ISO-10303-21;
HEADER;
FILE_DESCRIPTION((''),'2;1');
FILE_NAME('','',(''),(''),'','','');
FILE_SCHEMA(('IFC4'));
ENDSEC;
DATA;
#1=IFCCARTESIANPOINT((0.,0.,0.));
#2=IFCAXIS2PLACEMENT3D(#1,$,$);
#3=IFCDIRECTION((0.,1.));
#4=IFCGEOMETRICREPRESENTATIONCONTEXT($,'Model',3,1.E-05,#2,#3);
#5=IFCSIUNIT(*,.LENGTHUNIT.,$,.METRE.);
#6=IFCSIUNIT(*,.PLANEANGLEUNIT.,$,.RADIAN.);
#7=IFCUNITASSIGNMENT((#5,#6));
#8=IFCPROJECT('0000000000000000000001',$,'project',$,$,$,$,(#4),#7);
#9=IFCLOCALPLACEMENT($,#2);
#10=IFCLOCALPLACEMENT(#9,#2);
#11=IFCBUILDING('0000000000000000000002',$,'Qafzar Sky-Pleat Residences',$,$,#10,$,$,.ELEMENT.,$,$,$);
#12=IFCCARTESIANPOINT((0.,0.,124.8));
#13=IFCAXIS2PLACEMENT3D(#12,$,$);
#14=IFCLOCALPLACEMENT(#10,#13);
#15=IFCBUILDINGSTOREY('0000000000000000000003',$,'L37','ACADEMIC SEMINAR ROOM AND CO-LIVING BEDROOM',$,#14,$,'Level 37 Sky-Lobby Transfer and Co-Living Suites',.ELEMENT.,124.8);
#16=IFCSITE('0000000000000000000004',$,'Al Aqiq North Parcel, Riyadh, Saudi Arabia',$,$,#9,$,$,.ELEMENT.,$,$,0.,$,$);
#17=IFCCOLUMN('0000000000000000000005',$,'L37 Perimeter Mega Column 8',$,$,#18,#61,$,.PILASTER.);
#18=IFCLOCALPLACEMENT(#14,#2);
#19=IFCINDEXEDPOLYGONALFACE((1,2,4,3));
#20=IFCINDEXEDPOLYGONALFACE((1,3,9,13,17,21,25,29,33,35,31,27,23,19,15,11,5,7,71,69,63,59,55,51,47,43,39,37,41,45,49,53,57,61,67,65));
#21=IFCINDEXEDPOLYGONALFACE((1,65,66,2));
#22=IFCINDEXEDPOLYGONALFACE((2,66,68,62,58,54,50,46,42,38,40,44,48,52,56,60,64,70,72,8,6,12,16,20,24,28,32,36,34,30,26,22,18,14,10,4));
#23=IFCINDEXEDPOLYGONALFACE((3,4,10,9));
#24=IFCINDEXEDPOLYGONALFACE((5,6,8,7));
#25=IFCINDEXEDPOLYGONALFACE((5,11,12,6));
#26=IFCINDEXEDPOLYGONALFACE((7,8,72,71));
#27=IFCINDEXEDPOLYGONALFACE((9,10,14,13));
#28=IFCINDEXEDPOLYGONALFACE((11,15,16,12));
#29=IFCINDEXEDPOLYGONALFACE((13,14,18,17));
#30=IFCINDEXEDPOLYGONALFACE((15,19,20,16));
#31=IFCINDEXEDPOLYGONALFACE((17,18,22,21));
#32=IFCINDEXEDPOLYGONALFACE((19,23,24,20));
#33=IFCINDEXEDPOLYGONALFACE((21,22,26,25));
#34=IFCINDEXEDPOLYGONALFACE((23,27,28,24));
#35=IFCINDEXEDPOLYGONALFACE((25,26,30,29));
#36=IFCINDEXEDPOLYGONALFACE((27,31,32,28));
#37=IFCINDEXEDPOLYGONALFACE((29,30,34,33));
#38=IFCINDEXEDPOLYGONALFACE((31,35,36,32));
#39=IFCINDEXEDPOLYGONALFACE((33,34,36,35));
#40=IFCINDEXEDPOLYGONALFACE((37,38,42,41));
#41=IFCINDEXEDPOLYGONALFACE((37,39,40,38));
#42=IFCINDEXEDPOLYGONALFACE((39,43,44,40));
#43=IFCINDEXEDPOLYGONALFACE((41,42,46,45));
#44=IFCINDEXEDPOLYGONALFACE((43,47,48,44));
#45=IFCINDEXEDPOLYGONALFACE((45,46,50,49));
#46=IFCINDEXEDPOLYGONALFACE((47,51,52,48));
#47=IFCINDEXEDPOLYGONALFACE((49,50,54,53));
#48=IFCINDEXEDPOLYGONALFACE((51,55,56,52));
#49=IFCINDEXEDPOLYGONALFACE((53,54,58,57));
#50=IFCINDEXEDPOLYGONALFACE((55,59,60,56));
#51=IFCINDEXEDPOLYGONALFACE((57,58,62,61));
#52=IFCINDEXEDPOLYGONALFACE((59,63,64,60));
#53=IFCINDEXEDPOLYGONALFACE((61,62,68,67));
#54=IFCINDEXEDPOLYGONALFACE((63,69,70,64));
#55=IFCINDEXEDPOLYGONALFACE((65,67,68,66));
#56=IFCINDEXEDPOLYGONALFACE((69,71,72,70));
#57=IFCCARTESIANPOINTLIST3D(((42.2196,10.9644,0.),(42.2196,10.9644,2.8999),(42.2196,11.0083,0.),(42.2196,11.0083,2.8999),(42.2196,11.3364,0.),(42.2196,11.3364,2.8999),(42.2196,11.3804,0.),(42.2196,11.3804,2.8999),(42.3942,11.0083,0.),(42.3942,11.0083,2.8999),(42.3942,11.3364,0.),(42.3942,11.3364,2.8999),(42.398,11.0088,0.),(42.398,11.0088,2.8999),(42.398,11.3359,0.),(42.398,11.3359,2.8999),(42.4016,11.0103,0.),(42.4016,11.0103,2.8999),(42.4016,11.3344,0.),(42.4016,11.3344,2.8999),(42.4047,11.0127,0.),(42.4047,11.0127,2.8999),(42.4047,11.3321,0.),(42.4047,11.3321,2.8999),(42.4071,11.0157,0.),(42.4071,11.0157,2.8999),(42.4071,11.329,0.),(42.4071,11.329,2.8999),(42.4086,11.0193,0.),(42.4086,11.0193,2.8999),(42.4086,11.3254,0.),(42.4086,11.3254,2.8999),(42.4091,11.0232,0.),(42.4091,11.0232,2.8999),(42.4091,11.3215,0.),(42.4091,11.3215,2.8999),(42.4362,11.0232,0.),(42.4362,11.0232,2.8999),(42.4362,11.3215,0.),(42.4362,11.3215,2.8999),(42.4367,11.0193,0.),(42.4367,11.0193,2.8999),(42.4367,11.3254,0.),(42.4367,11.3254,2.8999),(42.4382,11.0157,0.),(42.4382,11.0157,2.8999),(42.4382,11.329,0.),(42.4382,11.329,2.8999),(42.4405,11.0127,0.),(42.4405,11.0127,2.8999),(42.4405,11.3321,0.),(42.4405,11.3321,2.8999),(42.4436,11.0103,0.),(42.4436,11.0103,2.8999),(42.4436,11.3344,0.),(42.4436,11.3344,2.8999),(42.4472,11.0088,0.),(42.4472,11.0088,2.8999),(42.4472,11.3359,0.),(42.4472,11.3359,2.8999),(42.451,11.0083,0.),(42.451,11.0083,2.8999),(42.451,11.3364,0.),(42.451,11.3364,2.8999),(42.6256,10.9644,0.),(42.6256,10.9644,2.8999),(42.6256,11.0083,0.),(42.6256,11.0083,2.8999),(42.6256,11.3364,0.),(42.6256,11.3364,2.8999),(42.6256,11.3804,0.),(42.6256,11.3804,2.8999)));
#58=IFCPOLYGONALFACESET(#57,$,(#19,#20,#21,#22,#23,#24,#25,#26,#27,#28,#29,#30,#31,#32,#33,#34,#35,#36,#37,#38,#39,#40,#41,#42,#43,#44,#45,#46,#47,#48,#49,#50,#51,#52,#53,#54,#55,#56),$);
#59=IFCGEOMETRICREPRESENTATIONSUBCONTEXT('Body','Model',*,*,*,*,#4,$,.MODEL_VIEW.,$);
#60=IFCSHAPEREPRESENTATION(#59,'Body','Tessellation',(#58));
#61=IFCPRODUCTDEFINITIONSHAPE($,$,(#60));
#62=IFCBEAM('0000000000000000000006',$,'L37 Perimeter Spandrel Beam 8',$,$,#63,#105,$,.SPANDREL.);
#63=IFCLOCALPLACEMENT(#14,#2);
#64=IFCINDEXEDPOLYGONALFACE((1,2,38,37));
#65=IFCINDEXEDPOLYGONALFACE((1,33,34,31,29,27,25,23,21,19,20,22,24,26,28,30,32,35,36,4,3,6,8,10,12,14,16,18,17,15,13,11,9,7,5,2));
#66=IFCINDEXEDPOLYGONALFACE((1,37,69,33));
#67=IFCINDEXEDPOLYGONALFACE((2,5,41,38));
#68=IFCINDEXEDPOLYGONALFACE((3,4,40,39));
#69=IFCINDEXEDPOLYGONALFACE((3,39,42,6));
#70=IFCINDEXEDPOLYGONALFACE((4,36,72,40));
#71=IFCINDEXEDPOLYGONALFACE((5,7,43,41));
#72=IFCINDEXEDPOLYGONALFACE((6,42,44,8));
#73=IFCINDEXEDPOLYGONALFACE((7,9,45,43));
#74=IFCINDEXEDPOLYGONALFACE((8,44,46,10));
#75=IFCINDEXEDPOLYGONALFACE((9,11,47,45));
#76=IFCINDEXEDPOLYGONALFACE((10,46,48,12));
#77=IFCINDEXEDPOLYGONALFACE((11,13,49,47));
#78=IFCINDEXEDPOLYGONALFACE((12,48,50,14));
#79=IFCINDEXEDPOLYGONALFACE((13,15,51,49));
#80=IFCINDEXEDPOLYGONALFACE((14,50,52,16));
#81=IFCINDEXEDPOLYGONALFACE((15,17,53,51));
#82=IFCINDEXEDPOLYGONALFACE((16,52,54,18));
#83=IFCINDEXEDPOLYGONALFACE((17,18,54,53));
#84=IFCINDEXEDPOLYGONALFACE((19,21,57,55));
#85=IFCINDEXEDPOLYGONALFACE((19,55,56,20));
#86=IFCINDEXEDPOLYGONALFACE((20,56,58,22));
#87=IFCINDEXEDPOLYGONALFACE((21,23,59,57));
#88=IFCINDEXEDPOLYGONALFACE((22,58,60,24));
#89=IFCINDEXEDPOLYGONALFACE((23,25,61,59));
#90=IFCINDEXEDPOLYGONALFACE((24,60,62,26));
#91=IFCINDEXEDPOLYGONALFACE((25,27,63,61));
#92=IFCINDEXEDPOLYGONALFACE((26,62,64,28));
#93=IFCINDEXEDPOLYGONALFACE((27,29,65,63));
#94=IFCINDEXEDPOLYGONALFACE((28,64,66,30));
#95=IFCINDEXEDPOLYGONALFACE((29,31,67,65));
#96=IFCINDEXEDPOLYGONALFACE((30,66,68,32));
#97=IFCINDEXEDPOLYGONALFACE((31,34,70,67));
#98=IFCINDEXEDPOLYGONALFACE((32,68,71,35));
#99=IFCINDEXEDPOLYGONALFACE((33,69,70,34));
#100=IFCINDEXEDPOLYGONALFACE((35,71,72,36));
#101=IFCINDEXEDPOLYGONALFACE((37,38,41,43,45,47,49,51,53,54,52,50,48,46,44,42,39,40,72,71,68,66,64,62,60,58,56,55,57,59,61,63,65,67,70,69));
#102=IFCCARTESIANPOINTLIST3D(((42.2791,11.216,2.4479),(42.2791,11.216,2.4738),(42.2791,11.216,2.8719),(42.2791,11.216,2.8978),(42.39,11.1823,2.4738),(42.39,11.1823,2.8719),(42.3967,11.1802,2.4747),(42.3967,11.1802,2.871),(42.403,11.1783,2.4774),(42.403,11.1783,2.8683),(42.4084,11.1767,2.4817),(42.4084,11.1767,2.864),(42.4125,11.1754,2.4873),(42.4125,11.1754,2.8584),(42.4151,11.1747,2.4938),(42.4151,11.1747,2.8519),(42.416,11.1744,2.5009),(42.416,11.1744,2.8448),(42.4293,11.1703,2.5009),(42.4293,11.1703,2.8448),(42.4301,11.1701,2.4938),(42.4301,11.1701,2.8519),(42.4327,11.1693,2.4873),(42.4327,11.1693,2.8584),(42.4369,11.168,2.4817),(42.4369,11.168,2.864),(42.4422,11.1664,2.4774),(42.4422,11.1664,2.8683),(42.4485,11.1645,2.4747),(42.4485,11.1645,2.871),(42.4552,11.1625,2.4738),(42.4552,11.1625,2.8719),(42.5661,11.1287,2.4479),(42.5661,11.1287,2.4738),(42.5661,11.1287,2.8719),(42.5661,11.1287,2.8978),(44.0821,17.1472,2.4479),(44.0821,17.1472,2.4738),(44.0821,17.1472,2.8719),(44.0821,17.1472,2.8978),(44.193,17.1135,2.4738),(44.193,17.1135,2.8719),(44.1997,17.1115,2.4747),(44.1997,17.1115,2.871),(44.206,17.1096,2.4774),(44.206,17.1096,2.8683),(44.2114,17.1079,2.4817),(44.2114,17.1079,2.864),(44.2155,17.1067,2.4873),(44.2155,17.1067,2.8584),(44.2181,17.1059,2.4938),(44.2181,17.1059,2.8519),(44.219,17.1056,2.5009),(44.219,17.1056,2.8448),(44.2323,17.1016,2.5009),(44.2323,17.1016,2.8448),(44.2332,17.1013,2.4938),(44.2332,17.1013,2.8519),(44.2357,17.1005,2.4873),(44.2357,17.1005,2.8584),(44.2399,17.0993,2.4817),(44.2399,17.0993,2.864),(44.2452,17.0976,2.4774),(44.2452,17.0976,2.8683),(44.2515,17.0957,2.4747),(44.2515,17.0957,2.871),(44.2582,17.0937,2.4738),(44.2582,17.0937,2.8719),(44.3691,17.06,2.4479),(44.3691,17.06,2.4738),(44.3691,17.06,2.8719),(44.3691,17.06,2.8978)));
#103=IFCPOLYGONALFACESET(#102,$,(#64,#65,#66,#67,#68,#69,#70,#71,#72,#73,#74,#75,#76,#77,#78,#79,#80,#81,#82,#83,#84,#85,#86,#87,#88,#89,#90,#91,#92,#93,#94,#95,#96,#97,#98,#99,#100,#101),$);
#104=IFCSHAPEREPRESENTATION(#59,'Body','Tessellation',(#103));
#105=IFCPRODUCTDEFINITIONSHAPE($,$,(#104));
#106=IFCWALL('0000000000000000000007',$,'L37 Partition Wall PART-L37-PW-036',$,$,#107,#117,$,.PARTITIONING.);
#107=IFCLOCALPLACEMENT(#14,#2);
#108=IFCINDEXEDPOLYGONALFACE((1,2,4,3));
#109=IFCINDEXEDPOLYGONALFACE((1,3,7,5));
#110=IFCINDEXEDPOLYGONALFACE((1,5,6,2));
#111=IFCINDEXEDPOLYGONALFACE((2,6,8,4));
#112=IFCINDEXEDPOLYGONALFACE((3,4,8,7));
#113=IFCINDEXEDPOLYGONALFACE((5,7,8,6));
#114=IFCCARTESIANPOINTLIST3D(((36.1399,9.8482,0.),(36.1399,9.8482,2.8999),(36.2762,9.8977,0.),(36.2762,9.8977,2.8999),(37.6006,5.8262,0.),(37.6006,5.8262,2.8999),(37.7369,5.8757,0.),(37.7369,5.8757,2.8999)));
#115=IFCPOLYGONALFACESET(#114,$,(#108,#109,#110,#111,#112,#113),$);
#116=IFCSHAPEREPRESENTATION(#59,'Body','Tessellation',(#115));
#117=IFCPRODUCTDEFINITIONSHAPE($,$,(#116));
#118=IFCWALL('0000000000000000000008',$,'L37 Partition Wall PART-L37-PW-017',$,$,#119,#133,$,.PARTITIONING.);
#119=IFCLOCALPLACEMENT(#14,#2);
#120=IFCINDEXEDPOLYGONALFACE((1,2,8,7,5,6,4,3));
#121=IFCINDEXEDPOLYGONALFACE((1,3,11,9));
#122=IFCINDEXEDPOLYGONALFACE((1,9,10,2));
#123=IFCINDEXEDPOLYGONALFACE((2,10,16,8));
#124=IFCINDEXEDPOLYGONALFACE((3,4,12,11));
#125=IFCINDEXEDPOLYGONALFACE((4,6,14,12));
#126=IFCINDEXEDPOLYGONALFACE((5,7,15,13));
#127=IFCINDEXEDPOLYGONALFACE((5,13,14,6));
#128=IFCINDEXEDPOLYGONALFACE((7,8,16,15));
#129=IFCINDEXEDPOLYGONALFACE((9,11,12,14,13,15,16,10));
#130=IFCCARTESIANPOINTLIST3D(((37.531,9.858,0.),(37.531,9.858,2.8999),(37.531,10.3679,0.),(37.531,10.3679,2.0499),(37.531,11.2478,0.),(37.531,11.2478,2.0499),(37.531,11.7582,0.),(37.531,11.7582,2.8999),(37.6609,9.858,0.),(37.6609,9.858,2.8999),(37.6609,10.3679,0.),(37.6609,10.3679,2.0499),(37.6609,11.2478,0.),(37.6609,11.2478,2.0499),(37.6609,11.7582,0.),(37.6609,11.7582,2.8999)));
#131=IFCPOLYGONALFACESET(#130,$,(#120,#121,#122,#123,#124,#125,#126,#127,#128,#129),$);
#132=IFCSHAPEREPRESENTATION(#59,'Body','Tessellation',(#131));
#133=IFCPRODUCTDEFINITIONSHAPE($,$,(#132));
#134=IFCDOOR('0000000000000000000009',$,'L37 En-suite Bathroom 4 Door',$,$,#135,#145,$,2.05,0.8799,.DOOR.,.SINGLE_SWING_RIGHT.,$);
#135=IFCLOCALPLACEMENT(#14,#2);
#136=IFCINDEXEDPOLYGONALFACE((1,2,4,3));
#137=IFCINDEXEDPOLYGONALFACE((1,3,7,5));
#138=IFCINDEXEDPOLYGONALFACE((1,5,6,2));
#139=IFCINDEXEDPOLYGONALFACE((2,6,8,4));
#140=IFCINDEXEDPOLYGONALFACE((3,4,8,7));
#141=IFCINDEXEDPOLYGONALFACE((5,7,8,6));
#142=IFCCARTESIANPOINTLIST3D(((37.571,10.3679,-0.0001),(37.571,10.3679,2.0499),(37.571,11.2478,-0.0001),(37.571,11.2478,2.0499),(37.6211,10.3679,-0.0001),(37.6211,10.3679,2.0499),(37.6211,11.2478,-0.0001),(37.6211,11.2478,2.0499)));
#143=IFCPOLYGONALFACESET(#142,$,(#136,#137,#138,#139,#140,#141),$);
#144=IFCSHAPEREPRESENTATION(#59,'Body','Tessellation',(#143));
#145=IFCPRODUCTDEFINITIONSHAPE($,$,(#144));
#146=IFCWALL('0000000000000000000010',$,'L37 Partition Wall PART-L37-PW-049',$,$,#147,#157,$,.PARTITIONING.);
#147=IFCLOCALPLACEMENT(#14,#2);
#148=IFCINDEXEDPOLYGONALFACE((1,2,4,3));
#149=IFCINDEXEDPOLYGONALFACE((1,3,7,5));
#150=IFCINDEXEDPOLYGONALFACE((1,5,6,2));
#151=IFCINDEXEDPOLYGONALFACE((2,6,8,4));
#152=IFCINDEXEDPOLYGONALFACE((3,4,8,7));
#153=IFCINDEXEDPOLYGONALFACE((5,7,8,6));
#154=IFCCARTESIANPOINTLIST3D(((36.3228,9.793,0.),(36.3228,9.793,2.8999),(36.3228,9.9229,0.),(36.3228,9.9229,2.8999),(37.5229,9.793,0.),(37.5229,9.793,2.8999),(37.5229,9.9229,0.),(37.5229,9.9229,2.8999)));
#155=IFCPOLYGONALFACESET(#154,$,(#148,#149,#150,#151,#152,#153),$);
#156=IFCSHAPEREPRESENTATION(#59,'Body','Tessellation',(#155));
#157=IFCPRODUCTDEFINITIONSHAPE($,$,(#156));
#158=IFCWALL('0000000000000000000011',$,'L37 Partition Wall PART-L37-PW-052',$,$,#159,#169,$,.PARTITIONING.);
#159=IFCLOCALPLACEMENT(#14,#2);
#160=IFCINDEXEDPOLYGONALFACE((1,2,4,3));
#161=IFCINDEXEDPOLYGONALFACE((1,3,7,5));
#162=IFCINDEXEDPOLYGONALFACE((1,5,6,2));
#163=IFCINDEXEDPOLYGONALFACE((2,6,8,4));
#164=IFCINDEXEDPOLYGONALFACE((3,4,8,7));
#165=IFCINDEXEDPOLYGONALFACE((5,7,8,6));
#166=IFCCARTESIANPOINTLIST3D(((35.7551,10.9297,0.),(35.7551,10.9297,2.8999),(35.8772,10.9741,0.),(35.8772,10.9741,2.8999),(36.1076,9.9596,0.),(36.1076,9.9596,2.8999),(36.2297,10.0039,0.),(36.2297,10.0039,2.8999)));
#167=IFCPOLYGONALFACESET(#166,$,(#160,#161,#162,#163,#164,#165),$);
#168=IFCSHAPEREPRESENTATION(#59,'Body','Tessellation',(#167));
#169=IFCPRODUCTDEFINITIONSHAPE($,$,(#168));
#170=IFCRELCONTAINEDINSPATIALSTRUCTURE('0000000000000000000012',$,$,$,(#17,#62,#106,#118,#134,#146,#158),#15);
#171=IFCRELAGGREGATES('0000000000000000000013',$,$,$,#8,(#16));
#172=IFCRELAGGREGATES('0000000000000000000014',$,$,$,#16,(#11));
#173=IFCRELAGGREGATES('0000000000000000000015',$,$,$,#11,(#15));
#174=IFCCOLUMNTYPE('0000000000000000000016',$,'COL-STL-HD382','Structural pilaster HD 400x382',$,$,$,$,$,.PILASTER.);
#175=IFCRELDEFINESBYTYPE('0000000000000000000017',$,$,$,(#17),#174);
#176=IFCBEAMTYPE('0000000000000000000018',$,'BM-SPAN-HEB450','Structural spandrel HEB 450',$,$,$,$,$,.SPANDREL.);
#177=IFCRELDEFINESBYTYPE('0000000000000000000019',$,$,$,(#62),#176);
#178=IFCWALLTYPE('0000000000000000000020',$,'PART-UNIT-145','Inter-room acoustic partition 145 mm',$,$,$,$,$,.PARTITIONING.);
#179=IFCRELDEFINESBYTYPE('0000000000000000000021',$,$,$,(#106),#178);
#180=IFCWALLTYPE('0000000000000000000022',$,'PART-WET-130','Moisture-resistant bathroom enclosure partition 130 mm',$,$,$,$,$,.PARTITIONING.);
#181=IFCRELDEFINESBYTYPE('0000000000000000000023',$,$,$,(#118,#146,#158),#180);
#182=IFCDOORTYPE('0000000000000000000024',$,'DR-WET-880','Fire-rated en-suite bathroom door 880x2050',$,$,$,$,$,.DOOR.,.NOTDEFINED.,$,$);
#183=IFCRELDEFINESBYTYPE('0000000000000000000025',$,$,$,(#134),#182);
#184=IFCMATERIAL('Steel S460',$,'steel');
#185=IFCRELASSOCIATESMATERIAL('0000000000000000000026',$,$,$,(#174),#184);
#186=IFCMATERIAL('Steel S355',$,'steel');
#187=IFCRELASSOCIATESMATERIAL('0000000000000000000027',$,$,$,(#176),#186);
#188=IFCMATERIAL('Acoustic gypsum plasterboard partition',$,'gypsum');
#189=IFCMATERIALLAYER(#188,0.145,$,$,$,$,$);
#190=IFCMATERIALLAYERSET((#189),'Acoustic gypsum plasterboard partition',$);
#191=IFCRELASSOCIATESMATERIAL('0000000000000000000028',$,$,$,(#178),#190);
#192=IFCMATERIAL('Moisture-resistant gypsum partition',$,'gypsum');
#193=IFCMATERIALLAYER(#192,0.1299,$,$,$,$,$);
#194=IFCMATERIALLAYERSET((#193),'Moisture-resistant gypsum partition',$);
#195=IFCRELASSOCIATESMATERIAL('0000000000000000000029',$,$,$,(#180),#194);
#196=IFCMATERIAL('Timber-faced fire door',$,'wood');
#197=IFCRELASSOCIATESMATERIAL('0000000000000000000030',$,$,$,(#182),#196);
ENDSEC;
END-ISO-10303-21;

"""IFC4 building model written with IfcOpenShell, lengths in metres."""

from ifc_helpers import new_model, si_unit, direction, frame, frame_2d, origin, origin_2d, place, context, subcontext, project, spatial, rectangle, i_section, extrude, source, transform, mapped, material, layer, layer_set, material_profile, profile_set, type_object, element, fill, save


model = new_model("IFC4")

# Units and contexts
model_context = context("Model", 3, precision=1e-05, world=origin(), true_north=direction((0.0, 1.0)))
body_context = subcontext(model_context, "Body", "Model", "MODEL_VIEW")
ifc_project = project(units=[si_unit("LENGTHUNIT", "METRE"), si_unit("PLANEANGLEUNIT", "RADIAN")], contexts=[model_context])

# Site, building, storey
site_placement = place(None, origin())
site = spatial("IfcSite", under=ifc_project, at=site_placement, Name="Al Aqiq North Parcel, Riyadh, Saudi Arabia", CompositionType="ELEMENT", RefElevation=0.0)
building_placement = place(site_placement, origin())
building = spatial("IfcBuilding", under=site, at=building_placement, Name="Qafzar Sky-Pleat Residences", CompositionType="ELEMENT")
storey_placement = place(building_placement, frame((0.0, 0.0, 124.8)))
storey = spatial("IfcBuildingStorey", under=building, at=storey_placement, Name="L37", Description="ACADEMIC SEMINAR ROOM AND CO-LIVING BEDROOM", LongName="Level 37 Sky-Lobby Transfer and Co-Living Suites", CompositionType="ELEMENT", Elevation=124.8)

# Column
ifc_material_1 = material(Name="Steel S460", Category="steel")
ifc_material_profile_1 = material_profile(ifc_material_1, i_section(OverallWidth=0.406, OverallDepth=0.416, WebThickness=0.0271, FlangeThickness=0.0439, FilletRadius=0.0149, at=origin_2d()), Name="HD 400x382")
ifc_profile_set_1 = profile_set([ifc_material_profile_1], Name="Steel S460")
column_type = type_object("IfcColumnType", Name="COL-STL-HD382", Description="Structural pilaster HD 400x382", PredefinedType="PILASTER", material=ifc_profile_set_1)
shared_shape_1 = source(origin(), body_context, "Body", "SweptSolid", [
    extrude(i_section(OverallWidth=0.406, OverallDepth=0.416, WebThickness=0.0271, FlangeThickness=0.0439, FilletRadius=0.0149, at=origin_2d()), origin(), (0.0, 0.0, 1.0), 2.8999),
])
column_placement = place(storey_placement, frame((42.4226, 11.1724, 0.0), z_axis=(0.0, 0.0, 1.0), x_axis=(1.0, 0.0, 0.0)))
element("IfcColumn", 1, at=column_placement, inside=storey, type_object=column_type, Name="L37 Perimeter Mega Column 8", PredefinedType="PILASTER", context=body_context, shape_type="MappedRepresentation", body=[
    mapped(shared_shape_1, transform((0.0, 0.0, 0.0), x_axis=(1.0, 0.0, 0.0), y_axis=(0.0, 1.0, 0.0), z_axis=(0.0, 0.0, 1.0), scale=1.0)),
])

# Beam
ifc_material_2 = material(Name="Steel S355", Category="steel")
ifc_material_profile_2 = material_profile(ifc_material_2, i_section(OverallWidth=0.3, OverallDepth=0.45, WebThickness=0.0139, FlangeThickness=0.0259, FilletRadius=0.0271, at=origin_2d()), Name="HEB 450")
ifc_profile_set_2 = profile_set([ifc_material_profile_2], Name="Steel S355")
beam_type = type_object("IfcBeamType", Name="BM-SPAN-HEB450", Description="Structural spandrel HEB 450", PredefinedType="SPANDREL", material=ifc_profile_set_2)
shared_shape_2 = source(origin(), body_context, "Body", "SweptSolid", [
    extrude(i_section(OverallWidth=0.3, OverallDepth=0.45, WebThickness=0.0139, FlangeThickness=0.0259, FilletRadius=0.0271, at=origin_2d()), origin(), (0.0, 0.0, 1.0), 6.1992),
])
beam_placement = place(storey_placement, frame((42.4226, 11.1724, 2.6729), z_axis=(0.290843, 0.956771, 0.0), x_axis=(-0.956771, 0.290843, 0.0)))
element("IfcBeam", 2, at=beam_placement, inside=storey, type_object=beam_type, Name="L37 Perimeter Spandrel Beam 8", PredefinedType="SPANDREL", context=body_context, shape_type="MappedRepresentation", body=[
    mapped(shared_shape_2, transform((0.0, 0.0, 0.0), x_axis=(1.0, 0.0, 0.0), y_axis=(0.0, 1.0, 0.0), z_axis=(0.0, 0.0, 1.0), scale=1.0)),
])

# Wall
ifc_material_3 = material(Name="Acoustic gypsum plasterboard partition", Category="gypsum")
ifc_layer_1 = layer(ifc_material_3, 0.145)
ifc_layer_set_1 = layer_set([ifc_layer_1], Name="Acoustic gypsum plasterboard partition")
wall_type_1 = type_object("IfcWallType", Name="PART-UNIT-145", Description="Inter-room acoustic partition 145 mm", PredefinedType="PARTITIONING", material=ifc_layer_set_1)
wall_1_placement = place(storey_placement, frame((36.208, 9.873, 0.0), z_axis=(0.0, 0.0, 1.0), x_axis=(0.341363, -0.939932, 0.0)))
element("IfcWall", 3, at=wall_1_placement, inside=storey, type_object=wall_type_1, Name="L37 Partition Wall PART-L37-PW-036", PredefinedType="PARTITIONING", context=body_context, shape_type="SweptSolid", body=[
    extrude(rectangle(XDim=4.2791, YDim=0.145, at=frame_2d((2.1396, 0.0))), origin(), (0.0, 0.0, 1.0), 2.8999),
])

# Wall, opening, door
ifc_material_4 = material(Name="Moisture-resistant gypsum partition", Category="gypsum")
ifc_layer_2 = layer(ifc_material_4, 0.1299)
ifc_layer_set_2 = layer_set([ifc_layer_2], Name="Moisture-resistant gypsum partition")
wall_type_2 = type_object("IfcWallType", Name="PART-WET-130", Description="Moisture-resistant bathroom enclosure partition 130 mm", PredefinedType="PARTITIONING", material=ifc_layer_set_2)
wall_2_placement = place(storey_placement, frame((37.5959, 9.8579, 0.0), z_axis=(0.0, 0.0, 1.0), x_axis=(0.0, 1.0, 0.0)))
wall_2 = element("IfcWall", 4, at=wall_2_placement, inside=storey, type_object=wall_type_2, Name="L37 Partition Wall PART-L37-PW-017", PredefinedType="PARTITIONING", context=body_context, shape_type="SweptSolid", body=[
    extrude(rectangle(XDim=1.9001, YDim=0.1299, at=frame_2d((0.9502, 0.0))), origin(), (0.0, 0.0, 1.0), 2.8999),
])
opening_1_placement = place(wall_2_placement, frame((0.51, 0.0, 0.0)))
opening_1 = element("IfcOpeningElement", 5, at=opening_1_placement, cuts=wall_2, PredefinedType="OPENING", context=body_context, shape_type="SweptSolid", body=[
    extrude(rectangle(XDim=0.8799, YDim=2.05, at=frame_2d((0.4399, 1.0249))), frame((0.0, 0.075, 0.0), z_axis=(0.0, -1.0, 0.0), x_axis=(1.0, 0.0, 0.0)), (0.0, 0.0, 1.0), 0.1499),
])
ifc_material_5 = material(Name="Timber-faced fire door", Category="wood")
door_type = type_object("IfcDoorType", Name="DR-WET-880", Description="Fire-rated en-suite bathroom door 880x2050", OperationType="NOTDEFINED", PredefinedType="DOOR", material=ifc_material_5)
shared_shape_3 = source(origin(), body_context, "Body", "SweptSolid", [
    extrude(rectangle(XDim=0.8799, YDim=2.05, at=frame_2d((0.4399, 1.0249))), frame((0.0, 0.0249, 0.0), z_axis=(0.0, -1.0, 0.0), x_axis=(1.0, 0.0, 0.0)), (0.0, 0.0, 1.0), 0.05),
])
door_placement = place(opening_1_placement, origin())
door = element("IfcDoor", 6, at=door_placement, inside=storey, type_object=door_type, Name="L37 En-suite Bathroom 4 Door", OperationType="SINGLE_SWING_RIGHT", OverallHeight=2.05, OverallWidth=0.8799, PredefinedType="DOOR", context=body_context, shape_type="MappedRepresentation", body=[
    mapped(shared_shape_3, transform((0.0, 0.0, 0.0), x_axis=(1.0, 0.0, 0.0), y_axis=(0.0, 1.0, 0.0), z_axis=(0.0, 0.0, 1.0), scale=1.0)),
])
fill(opening_1, door)

# Walls
wall_3_placement = place(storey_placement, frame((36.3228, 9.8579, 0.0), z_axis=(0.0, 0.0, 1.0), x_axis=(1.0, 0.0, 0.0)))
element("IfcWall", 7, at=wall_3_placement, inside=storey, type_object=wall_type_2, Name="L37 Partition Wall PART-L37-PW-049", PredefinedType="PARTITIONING", context=body_context, shape_type="SweptSolid", body=[
    extrude(rectangle(XDim=1.2002, YDim=0.1299, at=frame_2d((0.6001, 0.0))), origin(), (0.0, 0.0, 1.0), 2.8999),
])
wall_4_placement = place(storey_placement, frame((35.8162, 10.9519, 0.0), z_axis=(0.0, 0.0, 1.0), x_axis=(0.341515, -0.939876, 0.0)))
element("IfcWall", 8, at=wall_4_placement, inside=storey, type_object=wall_type_2, Name="L37 Partition Wall PART-L37-PW-052", PredefinedType="PARTITIONING", context=body_context, shape_type="SweptSolid", body=[
    extrude(rectangle(XDim=1.0322, YDim=0.1299, at=frame_2d((0.5161, 0.0))), origin(), (0.0, 0.0, 1.0), 2.8999),
])

save(model, "model.ifc")
